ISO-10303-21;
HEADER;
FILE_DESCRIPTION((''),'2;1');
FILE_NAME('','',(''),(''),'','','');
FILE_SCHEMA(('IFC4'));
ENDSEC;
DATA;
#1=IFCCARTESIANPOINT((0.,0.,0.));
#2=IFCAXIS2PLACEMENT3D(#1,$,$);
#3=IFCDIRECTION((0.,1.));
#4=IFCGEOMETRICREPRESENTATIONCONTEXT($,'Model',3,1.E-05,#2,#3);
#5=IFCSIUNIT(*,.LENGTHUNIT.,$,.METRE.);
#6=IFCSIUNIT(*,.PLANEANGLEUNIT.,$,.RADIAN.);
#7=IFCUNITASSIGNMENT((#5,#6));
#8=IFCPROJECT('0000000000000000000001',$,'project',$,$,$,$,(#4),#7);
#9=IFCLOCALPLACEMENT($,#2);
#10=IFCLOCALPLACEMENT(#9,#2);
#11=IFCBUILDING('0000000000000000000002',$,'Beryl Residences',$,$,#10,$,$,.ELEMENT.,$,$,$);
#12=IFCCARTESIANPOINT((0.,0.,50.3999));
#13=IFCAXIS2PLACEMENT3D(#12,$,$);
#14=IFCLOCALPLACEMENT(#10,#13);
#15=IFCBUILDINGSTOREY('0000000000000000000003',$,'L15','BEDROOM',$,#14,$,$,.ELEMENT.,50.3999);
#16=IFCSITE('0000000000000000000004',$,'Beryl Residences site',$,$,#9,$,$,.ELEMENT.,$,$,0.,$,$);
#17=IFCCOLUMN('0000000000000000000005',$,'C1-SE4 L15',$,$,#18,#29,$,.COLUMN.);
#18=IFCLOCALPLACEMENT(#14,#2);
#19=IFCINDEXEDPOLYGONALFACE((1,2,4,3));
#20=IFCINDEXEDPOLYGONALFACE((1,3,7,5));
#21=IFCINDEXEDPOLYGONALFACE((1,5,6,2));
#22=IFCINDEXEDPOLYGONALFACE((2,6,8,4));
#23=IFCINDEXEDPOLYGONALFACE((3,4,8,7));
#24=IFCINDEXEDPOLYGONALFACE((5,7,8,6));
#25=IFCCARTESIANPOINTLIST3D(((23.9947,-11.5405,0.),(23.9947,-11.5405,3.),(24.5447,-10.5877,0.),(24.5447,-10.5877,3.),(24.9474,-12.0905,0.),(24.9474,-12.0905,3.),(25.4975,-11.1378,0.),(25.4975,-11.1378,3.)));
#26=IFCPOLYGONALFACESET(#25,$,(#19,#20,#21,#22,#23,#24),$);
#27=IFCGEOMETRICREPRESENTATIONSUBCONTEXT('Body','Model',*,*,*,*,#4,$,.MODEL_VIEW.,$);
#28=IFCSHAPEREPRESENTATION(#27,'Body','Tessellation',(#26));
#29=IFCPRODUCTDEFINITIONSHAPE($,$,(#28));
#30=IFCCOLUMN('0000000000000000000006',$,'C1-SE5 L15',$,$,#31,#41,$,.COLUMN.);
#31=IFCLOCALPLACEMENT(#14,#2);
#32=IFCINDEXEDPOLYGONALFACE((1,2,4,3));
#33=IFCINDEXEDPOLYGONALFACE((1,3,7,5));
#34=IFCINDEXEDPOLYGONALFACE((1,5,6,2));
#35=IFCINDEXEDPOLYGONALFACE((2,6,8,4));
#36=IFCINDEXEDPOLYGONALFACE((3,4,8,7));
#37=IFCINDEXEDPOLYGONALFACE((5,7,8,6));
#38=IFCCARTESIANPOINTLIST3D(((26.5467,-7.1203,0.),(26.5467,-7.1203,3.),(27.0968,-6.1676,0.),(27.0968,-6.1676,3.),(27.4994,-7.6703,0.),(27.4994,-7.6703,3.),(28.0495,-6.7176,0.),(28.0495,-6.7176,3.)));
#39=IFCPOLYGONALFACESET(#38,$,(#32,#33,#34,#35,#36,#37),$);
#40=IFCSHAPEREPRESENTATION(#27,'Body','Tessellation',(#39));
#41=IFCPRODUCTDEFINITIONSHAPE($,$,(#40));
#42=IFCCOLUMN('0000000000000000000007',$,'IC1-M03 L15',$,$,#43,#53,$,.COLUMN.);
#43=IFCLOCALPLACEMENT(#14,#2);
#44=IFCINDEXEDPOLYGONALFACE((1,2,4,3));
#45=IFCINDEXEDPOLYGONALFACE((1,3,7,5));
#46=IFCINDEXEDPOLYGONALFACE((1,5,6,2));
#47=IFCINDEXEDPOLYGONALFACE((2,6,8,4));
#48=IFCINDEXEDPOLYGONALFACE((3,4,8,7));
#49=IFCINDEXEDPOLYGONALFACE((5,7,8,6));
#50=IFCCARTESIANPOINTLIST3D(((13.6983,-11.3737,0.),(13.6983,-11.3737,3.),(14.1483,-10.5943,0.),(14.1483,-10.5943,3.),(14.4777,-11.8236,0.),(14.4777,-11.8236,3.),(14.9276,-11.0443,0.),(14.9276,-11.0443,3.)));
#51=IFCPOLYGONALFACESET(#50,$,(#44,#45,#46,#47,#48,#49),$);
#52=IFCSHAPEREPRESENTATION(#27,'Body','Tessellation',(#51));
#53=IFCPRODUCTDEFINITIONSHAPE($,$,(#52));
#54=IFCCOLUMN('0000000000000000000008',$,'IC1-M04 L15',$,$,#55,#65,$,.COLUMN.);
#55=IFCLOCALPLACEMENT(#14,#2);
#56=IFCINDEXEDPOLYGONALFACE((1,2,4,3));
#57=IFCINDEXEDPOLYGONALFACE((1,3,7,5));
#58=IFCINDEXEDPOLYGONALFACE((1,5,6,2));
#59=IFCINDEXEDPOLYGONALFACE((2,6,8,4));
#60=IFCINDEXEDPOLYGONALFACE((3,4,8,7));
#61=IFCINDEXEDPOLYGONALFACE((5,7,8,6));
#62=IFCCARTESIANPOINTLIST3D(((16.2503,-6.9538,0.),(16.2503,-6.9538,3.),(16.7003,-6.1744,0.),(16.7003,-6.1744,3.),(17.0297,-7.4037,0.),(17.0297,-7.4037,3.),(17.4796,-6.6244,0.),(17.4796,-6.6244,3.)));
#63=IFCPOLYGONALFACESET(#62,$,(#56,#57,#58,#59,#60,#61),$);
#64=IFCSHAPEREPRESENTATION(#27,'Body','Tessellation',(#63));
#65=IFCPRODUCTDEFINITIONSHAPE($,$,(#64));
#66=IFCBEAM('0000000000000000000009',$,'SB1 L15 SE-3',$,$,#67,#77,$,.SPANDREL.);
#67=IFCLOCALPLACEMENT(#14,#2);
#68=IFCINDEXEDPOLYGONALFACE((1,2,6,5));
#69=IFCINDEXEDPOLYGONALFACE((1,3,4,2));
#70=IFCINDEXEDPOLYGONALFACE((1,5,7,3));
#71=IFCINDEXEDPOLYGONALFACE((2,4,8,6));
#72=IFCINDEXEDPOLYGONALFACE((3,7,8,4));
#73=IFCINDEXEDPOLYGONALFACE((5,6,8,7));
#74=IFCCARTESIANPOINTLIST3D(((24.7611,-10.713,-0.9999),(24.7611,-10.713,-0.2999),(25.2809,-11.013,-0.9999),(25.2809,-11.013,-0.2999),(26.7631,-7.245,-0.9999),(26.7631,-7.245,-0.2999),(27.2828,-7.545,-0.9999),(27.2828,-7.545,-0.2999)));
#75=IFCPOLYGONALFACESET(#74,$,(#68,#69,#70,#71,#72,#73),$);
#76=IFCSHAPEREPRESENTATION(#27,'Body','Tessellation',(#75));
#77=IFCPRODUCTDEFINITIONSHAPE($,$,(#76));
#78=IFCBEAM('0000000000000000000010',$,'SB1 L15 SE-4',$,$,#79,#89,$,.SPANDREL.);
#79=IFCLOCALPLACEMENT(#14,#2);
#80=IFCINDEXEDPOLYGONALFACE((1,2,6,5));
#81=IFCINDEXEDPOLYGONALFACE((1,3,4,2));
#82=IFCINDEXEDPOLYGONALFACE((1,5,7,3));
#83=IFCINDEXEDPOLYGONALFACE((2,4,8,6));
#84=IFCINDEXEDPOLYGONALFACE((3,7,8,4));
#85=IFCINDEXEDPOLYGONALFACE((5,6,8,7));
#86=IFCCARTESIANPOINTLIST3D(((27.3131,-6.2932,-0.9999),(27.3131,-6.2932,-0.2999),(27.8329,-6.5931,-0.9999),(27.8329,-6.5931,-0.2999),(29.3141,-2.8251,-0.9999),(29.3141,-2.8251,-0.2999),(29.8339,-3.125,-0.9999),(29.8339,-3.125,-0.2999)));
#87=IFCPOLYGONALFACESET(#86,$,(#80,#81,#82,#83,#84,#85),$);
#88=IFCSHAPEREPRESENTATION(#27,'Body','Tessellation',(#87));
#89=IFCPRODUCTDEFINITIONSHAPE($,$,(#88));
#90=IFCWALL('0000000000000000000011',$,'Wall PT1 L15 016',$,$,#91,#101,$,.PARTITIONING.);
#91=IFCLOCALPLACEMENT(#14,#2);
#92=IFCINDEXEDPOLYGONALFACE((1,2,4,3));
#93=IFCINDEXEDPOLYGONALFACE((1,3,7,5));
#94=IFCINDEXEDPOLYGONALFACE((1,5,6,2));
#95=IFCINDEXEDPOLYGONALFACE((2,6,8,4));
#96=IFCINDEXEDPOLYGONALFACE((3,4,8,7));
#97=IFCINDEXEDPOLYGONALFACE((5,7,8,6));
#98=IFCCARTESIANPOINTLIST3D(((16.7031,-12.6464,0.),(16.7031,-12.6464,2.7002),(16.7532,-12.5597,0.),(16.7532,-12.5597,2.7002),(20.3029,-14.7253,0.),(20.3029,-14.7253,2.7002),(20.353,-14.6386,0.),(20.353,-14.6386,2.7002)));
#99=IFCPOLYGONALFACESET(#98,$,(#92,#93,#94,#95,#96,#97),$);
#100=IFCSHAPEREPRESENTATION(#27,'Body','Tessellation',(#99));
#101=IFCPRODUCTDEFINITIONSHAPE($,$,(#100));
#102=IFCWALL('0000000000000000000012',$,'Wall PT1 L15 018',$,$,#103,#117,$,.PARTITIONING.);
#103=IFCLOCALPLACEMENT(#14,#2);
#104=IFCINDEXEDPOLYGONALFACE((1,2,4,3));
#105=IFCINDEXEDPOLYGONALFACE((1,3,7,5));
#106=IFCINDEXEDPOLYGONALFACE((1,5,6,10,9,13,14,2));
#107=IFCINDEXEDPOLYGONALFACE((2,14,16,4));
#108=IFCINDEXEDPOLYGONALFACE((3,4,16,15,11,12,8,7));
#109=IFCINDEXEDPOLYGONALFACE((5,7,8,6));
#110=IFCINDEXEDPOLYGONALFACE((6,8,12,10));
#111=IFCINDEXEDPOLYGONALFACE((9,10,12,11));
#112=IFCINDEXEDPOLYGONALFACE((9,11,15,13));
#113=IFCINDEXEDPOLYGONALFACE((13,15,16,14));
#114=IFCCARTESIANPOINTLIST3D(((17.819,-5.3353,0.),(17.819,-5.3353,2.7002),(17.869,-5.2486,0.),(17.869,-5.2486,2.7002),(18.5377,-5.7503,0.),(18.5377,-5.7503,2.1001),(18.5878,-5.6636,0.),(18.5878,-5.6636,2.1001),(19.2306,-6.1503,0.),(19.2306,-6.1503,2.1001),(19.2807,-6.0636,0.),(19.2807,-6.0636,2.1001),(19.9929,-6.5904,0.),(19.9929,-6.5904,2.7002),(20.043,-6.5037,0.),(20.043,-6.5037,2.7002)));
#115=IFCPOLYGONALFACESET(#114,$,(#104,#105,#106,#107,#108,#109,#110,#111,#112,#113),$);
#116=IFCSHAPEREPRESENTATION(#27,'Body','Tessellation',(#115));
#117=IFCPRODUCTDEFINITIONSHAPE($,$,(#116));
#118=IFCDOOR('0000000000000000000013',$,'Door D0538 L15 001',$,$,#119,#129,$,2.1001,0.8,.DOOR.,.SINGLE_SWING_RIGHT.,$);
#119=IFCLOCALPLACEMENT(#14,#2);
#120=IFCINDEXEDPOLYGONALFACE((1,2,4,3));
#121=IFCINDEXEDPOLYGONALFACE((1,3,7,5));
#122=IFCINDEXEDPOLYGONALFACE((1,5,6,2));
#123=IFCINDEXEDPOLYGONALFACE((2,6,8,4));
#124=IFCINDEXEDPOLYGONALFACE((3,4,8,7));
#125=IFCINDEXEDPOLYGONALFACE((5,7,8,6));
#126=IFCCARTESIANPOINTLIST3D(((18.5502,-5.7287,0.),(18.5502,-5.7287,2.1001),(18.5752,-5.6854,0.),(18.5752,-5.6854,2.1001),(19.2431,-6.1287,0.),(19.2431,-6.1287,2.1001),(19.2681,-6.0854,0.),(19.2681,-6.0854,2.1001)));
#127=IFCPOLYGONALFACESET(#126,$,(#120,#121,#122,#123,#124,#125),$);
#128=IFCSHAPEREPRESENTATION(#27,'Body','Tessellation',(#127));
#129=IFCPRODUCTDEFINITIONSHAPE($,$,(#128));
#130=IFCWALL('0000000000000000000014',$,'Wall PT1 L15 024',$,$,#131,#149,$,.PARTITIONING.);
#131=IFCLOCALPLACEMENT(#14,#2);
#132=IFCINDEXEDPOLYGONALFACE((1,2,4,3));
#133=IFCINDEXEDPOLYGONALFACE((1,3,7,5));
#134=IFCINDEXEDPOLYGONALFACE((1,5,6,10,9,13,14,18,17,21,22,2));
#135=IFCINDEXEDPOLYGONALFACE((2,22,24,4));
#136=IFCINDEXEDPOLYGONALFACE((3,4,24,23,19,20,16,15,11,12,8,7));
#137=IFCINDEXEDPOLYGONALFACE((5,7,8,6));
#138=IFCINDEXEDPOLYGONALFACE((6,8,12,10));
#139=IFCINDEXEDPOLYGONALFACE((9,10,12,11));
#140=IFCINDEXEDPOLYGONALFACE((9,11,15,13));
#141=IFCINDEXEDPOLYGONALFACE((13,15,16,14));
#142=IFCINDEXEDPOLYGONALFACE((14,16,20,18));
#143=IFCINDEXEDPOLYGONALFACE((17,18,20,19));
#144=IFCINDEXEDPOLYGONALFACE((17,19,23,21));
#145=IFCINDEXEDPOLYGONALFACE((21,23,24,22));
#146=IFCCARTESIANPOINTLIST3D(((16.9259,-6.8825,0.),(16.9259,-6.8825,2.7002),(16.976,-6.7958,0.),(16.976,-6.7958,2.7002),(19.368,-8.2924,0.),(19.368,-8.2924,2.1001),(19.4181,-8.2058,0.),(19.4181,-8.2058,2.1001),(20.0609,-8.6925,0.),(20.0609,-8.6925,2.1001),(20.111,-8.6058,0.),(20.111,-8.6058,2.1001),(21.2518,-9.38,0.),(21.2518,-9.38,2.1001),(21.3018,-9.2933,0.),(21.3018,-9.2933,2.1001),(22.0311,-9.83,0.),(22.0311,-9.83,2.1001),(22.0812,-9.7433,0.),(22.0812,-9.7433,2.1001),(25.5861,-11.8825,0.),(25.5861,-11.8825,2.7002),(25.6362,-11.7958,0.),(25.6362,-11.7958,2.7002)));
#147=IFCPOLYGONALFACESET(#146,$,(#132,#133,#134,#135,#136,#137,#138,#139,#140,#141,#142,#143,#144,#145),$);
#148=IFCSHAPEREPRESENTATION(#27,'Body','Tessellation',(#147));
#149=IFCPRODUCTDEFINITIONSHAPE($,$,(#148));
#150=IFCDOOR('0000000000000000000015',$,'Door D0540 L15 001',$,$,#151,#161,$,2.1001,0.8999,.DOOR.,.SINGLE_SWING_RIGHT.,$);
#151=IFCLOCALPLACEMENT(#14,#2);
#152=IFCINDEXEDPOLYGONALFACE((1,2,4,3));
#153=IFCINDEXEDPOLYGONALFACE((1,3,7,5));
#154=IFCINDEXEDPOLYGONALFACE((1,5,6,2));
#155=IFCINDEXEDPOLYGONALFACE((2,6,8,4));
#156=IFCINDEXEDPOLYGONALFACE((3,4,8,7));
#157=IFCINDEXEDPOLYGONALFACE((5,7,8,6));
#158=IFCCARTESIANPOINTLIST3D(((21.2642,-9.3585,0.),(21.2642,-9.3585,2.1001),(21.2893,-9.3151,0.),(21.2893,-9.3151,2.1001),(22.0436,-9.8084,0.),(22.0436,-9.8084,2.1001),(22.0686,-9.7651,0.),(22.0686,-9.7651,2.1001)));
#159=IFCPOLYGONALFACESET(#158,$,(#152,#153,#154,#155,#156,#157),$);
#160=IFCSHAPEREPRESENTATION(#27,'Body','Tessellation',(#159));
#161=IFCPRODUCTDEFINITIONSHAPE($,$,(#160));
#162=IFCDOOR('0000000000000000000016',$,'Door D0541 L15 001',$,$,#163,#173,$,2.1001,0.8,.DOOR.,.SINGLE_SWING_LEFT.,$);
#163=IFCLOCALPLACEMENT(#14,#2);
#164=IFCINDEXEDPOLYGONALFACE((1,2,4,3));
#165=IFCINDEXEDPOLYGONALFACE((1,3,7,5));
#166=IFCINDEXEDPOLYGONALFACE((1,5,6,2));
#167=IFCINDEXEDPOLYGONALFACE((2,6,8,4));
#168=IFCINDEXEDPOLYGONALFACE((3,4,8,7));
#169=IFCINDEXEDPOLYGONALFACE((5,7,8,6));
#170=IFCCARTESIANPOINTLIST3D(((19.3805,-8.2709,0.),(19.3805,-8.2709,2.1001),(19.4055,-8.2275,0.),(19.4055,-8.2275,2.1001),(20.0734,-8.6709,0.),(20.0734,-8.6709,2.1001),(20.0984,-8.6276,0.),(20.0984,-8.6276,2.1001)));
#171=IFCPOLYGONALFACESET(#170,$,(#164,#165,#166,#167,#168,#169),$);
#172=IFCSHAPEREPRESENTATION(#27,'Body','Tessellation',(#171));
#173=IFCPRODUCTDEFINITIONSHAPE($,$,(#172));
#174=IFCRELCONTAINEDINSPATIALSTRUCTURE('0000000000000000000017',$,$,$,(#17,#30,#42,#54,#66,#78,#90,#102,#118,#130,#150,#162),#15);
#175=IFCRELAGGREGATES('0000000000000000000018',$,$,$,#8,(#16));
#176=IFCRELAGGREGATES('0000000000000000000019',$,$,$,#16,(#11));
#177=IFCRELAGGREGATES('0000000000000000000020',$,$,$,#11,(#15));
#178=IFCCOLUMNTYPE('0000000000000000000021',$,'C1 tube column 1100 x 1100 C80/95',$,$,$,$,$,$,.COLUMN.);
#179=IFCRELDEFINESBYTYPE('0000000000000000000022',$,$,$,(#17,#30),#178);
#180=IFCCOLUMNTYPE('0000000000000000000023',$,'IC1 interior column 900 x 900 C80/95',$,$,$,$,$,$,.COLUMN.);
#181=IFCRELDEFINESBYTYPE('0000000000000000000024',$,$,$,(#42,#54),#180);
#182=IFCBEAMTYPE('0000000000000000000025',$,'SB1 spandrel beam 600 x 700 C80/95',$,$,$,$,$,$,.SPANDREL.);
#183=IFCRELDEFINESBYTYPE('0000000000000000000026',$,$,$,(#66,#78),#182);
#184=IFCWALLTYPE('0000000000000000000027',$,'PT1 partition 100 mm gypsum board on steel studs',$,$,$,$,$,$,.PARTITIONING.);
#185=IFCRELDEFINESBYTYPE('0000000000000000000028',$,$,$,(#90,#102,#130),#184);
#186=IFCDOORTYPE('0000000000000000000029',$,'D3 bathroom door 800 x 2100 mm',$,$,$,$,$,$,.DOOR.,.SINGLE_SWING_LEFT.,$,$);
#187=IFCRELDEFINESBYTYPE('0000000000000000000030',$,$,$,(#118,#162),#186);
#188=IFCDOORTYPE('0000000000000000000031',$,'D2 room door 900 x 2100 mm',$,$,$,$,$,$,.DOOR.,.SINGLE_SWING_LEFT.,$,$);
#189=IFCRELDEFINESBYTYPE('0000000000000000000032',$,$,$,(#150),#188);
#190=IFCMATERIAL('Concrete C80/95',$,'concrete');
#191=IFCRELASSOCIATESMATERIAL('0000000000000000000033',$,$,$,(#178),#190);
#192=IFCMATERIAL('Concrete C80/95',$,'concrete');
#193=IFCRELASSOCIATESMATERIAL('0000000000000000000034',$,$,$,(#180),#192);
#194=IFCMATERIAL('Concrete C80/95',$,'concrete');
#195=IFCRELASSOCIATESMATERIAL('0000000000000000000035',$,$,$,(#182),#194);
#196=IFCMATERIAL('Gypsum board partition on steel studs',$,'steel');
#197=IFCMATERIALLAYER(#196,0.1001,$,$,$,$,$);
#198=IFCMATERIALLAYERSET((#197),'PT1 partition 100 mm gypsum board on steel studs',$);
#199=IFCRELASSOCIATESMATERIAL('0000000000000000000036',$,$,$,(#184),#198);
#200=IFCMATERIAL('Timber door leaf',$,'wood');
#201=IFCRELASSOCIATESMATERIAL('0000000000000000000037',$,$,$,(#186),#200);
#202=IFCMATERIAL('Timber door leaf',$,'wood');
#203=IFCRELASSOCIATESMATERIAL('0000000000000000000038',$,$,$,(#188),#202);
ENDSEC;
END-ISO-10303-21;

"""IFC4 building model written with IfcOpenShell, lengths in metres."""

from ifc_helpers import new_model, si_unit, direction, frame, frame_2d, origin, origin_2d, place, context, subcontext, project, spatial, rectangle, extrude, material, layer, layer_set, material_profile, profile_set, type_object, element, fill, save


model = new_model("IFC4")

# Units and contexts
model_context = context("Model", 3, precision=1e-05, world=origin(), true_north=direction((0.0, 1.0)))
body_context = subcontext(model_context, "Body", "Model", "MODEL_VIEW")
ifc_project = project(units=[si_unit("LENGTHUNIT", "METRE"), si_unit("PLANEANGLEUNIT", "RADIAN")], contexts=[model_context])

# Site, building, storey
site_placement = place(None, origin())
site = spatial("IfcSite", under=ifc_project, at=site_placement, Name="Beryl Residences site", CompositionType="ELEMENT", RefElevation=0.0)
building_placement = place(site_placement, origin())
building = spatial("IfcBuilding", under=site, at=building_placement, Name="Beryl Residences", CompositionType="ELEMENT")
storey_placement = place(building_placement, frame((0.0, 0.0, 50.3999)))
storey = spatial("IfcBuildingStorey", under=building, at=storey_placement, Name="L15", Description="BEDROOM", CompositionType="ELEMENT", Elevation=50.3999)

# Columns
ifc_material_1 = material(Name="Concrete C80/95", Category="concrete")
ifc_material_profile_1 = material_profile(ifc_material_1, rectangle(XDim=1.1001, YDim=1.1001, at=origin_2d()))
ifc_profile_set_1 = profile_set([ifc_material_profile_1], Name="Concrete C80/95")
column_type_1 = type_object("IfcColumnType", Name="C1 tube column 1100 x 1100 C80/95", PredefinedType="COLUMN", material=ifc_profile_set_1)
for number, where, z_axis, x_axis, name in (
    (1, (24.7461, -11.3391, 0.0), (0.0, 0.0, 1.0), (0.499985, 0.866034, 0.0), "C1-SE4 L15"),
    (2, (27.2981, -6.9189, 0.0), (0.0, 0.0, 1.0), (0.499985, 0.866034, 0.0), "C1-SE5 L15"),
):
    element("IfcColumn", number, at=place(storey_placement, frame(where, z_axis=z_axis, x_axis=x_axis)), inside=storey, type_object=column_type_1, Name=name, PredefinedType="COLUMN", context=body_context, shape_type="SweptSolid", body=[
        extrude(rectangle(XDim=1.1001, YDim=1.1001, at=origin_2d()), origin(), (0.0, 0.0, 1.0), 3.0),
    ])
ifc_material_2 = material(Name="Concrete C80/95", Category="concrete")
ifc_material_profile_2 = material_profile(ifc_material_2, rectangle(XDim=0.8999, YDim=0.8999, at=origin_2d()))
ifc_profile_set_2 = profile_set([ifc_material_profile_2], Name="Concrete C80/95")
column_type_2 = type_object("IfcColumnType", Name="IC1 interior column 900 x 900 C80/95", PredefinedType="COLUMN", material=ifc_profile_set_2)
for number, where, z_axis, x_axis, name in (
    (3, (14.313, -11.209, 0.0), (0.0, 0.0, 1.0), (0.499985, 0.866034, 0.0), "IC1-M03 L15"),
    (4, (16.865, -6.7891, 0.0), (0.0, 0.0, 1.0), (0.499985, 0.866034, 0.0), "IC1-M04 L15"),
):
    element("IfcColumn", number, at=place(storey_placement, frame(where, z_axis=z_axis, x_axis=x_axis)), inside=storey, type_object=column_type_2, Name=name, PredefinedType="COLUMN", context=body_context, shape_type="SweptSolid", body=[
        extrude(rectangle(XDim=0.8999, YDim=0.8999, at=origin_2d()), origin(), (0.0, 0.0, 1.0), 3.0),
    ])

# Beams
ifc_material_3 = material(Name="Concrete C80/95", Category="concrete")
ifc_material_profile_3 = material_profile(ifc_material_3, rectangle(XDim=0.6001, YDim=0.7, at=origin_2d()))
ifc_profile_set_3 = profile_set([ifc_material_profile_3], Name="Concrete C80/95")
beam_type = type_object("IfcBeamType", Name="SB1 spandrel beam 600 x 700 C80/95", PredefinedType="SPANDREL", material=ifc_profile_set_3)
beam_1_placement = place(storey_placement, frame((25.021, -10.863, -0.6499), z_axis=(0.499942, 0.866059, 0.0), x_axis=(-0.866059, 0.499942, 0.0)))
element("IfcBeam", 5, at=beam_1_placement, inside=storey, type_object=beam_type, Name="SB1 L15 SE-3", PredefinedType="SPANDREL", context=body_context, shape_type="SweptSolid", body=[
    extrude(rectangle(XDim=0.6001, YDim=0.7, at=origin_2d()), origin(), (0.0, 0.0, 1.0), 4.0044),
])
beam_2_placement = place(storey_placement, frame((27.573, -6.4431, -0.6499), z_axis=(0.499759, 0.866164, 0.0), x_axis=(-0.866164, 0.499759, 0.0)))
element("IfcBeam", 6, at=beam_2_placement, inside=storey, type_object=beam_type, Name="SB1 L15 SE-4", PredefinedType="SPANDREL", context=body_context, shape_type="SweptSolid", body=[
    extrude(rectangle(XDim=0.6001, YDim=0.7, at=origin_2d()), origin(), (0.0, 0.0, 1.0), 4.0039),
])

# Wall
ifc_material_4 = material(Name="Gypsum board partition on steel studs", Category="steel")
ifc_layer_1 = layer(ifc_material_4, 0.1001)
ifc_layer_set_1 = layer_set([ifc_layer_1], Name="PT1 partition 100 mm gypsum board on steel studs")
wall_type_1 = type_object("IfcWallType", Name="PT1 partition 100 mm gypsum board on steel studs", PredefinedType="PARTITIONING", material=ifc_layer_set_1)
wall_1_placement = place(storey_placement, frame((16.728, -12.603, 0.0), z_axis=(0.0, 0.0, 1.0), x_axis=(0.865975, -0.500087, 0.0)))
element("IfcWall", 7, at=wall_1_placement, inside=storey, type_object=wall_type_1, Name="Wall PT1 L15 016", PredefinedType="PARTITIONING", context=body_context, shape_type="SweptSolid", body=[
    extrude(rectangle(XDim=4.157, YDim=0.1001, at=frame_2d((2.0786, 0.0))), origin(), (0.0, 0.0, 1.0), 2.7002),
])

# Wall, opening, door
wall_2_placement = place(storey_placement, frame((17.844, -5.292, 0.0), z_axis=(0.0, 0.0, 1.0), x_axis=(0.866038, -0.499978, 0.0)))
wall_2 = element("IfcWall", 8, at=wall_2_placement, inside=storey, type_object=wall_type_1, Name="Wall PT1 L15 018", PredefinedType="PARTITIONING", context=body_context, shape_type="SweptSolid", body=[
    extrude(rectangle(XDim=2.5103, YDim=0.1001, at=frame_2d((1.2551, 0.0))), origin(), (0.0, 0.0, 1.0), 2.7002),
])
opening_1_placement = place(wall_2_placement, frame((0.8301, 0.0, 0.0)))
opening_1 = element("IfcOpeningElement", 9, at=opening_1_placement, cuts=wall_2, PredefinedType="OPENING", context=body_context, shape_type="SweptSolid", body=[
    extrude(rectangle(XDim=0.8, YDim=2.1001, at=frame_2d((0.3999, 1.05))), frame((0.0, 0.0601, 0.0), z_axis=(0.0, -1.0, 0.0), x_axis=(1.0, 0.0, 0.0)), (0.0, 0.0, 1.0), 0.1201),
])
ifc_material_5 = material(Name="Timber door leaf", Category="wood")
door_type_1 = type_object("IfcDoorType", Name="D3 bathroom door 800 x 2100 mm", OperationType="SINGLE_SWING_LEFT", PredefinedType="DOOR", material=ifc_material_5)
door_1_placement = place(opening_1_placement, origin())
door_1 = element("IfcDoor", 10, at=door_1_placement, inside=storey, type_object=door_type_1, Name="Door D0538 L15 001", OperationType="SINGLE_SWING_RIGHT", OverallHeight=2.1001, OverallWidth=0.8, PredefinedType="DOOR", context=body_context, shape_type="SweptSolid", body=[
    extrude(rectangle(XDim=0.8, YDim=2.1001, at=frame_2d((0.3999, 1.05))), frame((0.0, 0.0249, 0.0), z_axis=(0.0, -1.0, 0.0), x_axis=(1.0, 0.0, 0.0)), (0.0, 0.0, 1.0), 0.05),
])
fill(opening_1, door_1)

# Wall, openings, doors
wall_3_placement = place(storey_placement, frame((16.9509, -6.8391, 0.0), z_axis=(0.0, 0.0, 1.0), x_axis=(0.866023, -0.500004, 0.0)))
wall_3 = element("IfcWall", 11, at=wall_3_placement, inside=storey, type_object=wall_type_1, Name="Wall PT1 L15 024", PredefinedType="PARTITIONING", context=body_context, shape_type="SweptSolid", body=[
    extrude(rectangle(XDim=10.0, YDim=0.1001, at=frame_2d((5.0, 0.0))), origin(), (0.0, 0.0, 1.0), 2.7002),
])
opening_2_placement = place(wall_3_placement, frame((4.9951, 0.0, 0.0)))
opening_2 = element("IfcOpeningElement", 12, at=opening_2_placement, cuts=wall_3, PredefinedType="OPENING", context=body_context, shape_type="SweptSolid", body=[
    extrude(rectangle(XDim=0.8999, YDim=2.1001, at=frame_2d((0.45, 1.05))), frame((0.0, 0.0601, 0.0), z_axis=(0.0, -1.0, 0.0), x_axis=(1.0, 0.0, 0.0)), (0.0, 0.0, 1.0), 0.1201),
])
opening_3_placement = place(wall_3_placement, frame((2.8201, 0.0, 0.0)))
opening_3 = element("IfcOpeningElement", 13, at=opening_3_placement, cuts=wall_3, PredefinedType="OPENING", context=body_context, shape_type="SweptSolid", body=[
    extrude(rectangle(XDim=0.8, YDim=2.1001, at=frame_2d((0.3999, 1.05))), frame((0.0, 0.0601, 0.0), z_axis=(0.0, -1.0, 0.0), x_axis=(1.0, 0.0, 0.0)), (0.0, 0.0, 1.0), 0.1201),
])
ifc_material_6 = material(Name="Timber door leaf", Category="wood")
door_type_2 = type_object("IfcDoorType", Name="D2 room door 900 x 2100 mm", OperationType="SINGLE_SWING_LEFT", PredefinedType="DOOR", material=ifc_material_6)
door_2_placement = place(opening_2_placement, origin())
door_2 = element("IfcDoor", 14, at=door_2_placement, inside=storey, type_object=door_type_2, Name="Door D0540 L15 001", OperationType="SINGLE_SWING_RIGHT", OverallHeight=2.1001, OverallWidth=0.8999, PredefinedType="DOOR", context=body_context, shape_type="SweptSolid", body=[
    extrude(rectangle(XDim=0.8999, YDim=2.1001, at=frame_2d((0.45, 1.05))), frame((0.0, 0.0249, 0.0), z_axis=(0.0, -1.0, 0.0), x_axis=(1.0, 0.0, 0.0)), (0.0, 0.0, 1.0), 0.05),
])
fill(opening_2, door_2)
door_3_placement = place(opening_3_placement, origin())
door_3 = element("IfcDoor", 15, at=door_3_placement, inside=storey, type_object=door_type_1, Name="Door D0541 L15 001", OperationType="SINGLE_SWING_LEFT", OverallHeight=2.1001, OverallWidth=0.8, PredefinedType="DOOR", context=body_context, shape_type="SweptSolid", body=[
    extrude(rectangle(XDim=0.8, YDim=2.1001, at=frame_2d((0.3999, 1.05))), frame((0.0, 0.0249, 0.0), z_axis=(0.0, -1.0, 0.0), x_axis=(1.0, 0.0, 0.0)), (0.0, 0.0, 1.0), 0.05),
])
fill(opening_3, door_3)

save(model, "model.ifc")
